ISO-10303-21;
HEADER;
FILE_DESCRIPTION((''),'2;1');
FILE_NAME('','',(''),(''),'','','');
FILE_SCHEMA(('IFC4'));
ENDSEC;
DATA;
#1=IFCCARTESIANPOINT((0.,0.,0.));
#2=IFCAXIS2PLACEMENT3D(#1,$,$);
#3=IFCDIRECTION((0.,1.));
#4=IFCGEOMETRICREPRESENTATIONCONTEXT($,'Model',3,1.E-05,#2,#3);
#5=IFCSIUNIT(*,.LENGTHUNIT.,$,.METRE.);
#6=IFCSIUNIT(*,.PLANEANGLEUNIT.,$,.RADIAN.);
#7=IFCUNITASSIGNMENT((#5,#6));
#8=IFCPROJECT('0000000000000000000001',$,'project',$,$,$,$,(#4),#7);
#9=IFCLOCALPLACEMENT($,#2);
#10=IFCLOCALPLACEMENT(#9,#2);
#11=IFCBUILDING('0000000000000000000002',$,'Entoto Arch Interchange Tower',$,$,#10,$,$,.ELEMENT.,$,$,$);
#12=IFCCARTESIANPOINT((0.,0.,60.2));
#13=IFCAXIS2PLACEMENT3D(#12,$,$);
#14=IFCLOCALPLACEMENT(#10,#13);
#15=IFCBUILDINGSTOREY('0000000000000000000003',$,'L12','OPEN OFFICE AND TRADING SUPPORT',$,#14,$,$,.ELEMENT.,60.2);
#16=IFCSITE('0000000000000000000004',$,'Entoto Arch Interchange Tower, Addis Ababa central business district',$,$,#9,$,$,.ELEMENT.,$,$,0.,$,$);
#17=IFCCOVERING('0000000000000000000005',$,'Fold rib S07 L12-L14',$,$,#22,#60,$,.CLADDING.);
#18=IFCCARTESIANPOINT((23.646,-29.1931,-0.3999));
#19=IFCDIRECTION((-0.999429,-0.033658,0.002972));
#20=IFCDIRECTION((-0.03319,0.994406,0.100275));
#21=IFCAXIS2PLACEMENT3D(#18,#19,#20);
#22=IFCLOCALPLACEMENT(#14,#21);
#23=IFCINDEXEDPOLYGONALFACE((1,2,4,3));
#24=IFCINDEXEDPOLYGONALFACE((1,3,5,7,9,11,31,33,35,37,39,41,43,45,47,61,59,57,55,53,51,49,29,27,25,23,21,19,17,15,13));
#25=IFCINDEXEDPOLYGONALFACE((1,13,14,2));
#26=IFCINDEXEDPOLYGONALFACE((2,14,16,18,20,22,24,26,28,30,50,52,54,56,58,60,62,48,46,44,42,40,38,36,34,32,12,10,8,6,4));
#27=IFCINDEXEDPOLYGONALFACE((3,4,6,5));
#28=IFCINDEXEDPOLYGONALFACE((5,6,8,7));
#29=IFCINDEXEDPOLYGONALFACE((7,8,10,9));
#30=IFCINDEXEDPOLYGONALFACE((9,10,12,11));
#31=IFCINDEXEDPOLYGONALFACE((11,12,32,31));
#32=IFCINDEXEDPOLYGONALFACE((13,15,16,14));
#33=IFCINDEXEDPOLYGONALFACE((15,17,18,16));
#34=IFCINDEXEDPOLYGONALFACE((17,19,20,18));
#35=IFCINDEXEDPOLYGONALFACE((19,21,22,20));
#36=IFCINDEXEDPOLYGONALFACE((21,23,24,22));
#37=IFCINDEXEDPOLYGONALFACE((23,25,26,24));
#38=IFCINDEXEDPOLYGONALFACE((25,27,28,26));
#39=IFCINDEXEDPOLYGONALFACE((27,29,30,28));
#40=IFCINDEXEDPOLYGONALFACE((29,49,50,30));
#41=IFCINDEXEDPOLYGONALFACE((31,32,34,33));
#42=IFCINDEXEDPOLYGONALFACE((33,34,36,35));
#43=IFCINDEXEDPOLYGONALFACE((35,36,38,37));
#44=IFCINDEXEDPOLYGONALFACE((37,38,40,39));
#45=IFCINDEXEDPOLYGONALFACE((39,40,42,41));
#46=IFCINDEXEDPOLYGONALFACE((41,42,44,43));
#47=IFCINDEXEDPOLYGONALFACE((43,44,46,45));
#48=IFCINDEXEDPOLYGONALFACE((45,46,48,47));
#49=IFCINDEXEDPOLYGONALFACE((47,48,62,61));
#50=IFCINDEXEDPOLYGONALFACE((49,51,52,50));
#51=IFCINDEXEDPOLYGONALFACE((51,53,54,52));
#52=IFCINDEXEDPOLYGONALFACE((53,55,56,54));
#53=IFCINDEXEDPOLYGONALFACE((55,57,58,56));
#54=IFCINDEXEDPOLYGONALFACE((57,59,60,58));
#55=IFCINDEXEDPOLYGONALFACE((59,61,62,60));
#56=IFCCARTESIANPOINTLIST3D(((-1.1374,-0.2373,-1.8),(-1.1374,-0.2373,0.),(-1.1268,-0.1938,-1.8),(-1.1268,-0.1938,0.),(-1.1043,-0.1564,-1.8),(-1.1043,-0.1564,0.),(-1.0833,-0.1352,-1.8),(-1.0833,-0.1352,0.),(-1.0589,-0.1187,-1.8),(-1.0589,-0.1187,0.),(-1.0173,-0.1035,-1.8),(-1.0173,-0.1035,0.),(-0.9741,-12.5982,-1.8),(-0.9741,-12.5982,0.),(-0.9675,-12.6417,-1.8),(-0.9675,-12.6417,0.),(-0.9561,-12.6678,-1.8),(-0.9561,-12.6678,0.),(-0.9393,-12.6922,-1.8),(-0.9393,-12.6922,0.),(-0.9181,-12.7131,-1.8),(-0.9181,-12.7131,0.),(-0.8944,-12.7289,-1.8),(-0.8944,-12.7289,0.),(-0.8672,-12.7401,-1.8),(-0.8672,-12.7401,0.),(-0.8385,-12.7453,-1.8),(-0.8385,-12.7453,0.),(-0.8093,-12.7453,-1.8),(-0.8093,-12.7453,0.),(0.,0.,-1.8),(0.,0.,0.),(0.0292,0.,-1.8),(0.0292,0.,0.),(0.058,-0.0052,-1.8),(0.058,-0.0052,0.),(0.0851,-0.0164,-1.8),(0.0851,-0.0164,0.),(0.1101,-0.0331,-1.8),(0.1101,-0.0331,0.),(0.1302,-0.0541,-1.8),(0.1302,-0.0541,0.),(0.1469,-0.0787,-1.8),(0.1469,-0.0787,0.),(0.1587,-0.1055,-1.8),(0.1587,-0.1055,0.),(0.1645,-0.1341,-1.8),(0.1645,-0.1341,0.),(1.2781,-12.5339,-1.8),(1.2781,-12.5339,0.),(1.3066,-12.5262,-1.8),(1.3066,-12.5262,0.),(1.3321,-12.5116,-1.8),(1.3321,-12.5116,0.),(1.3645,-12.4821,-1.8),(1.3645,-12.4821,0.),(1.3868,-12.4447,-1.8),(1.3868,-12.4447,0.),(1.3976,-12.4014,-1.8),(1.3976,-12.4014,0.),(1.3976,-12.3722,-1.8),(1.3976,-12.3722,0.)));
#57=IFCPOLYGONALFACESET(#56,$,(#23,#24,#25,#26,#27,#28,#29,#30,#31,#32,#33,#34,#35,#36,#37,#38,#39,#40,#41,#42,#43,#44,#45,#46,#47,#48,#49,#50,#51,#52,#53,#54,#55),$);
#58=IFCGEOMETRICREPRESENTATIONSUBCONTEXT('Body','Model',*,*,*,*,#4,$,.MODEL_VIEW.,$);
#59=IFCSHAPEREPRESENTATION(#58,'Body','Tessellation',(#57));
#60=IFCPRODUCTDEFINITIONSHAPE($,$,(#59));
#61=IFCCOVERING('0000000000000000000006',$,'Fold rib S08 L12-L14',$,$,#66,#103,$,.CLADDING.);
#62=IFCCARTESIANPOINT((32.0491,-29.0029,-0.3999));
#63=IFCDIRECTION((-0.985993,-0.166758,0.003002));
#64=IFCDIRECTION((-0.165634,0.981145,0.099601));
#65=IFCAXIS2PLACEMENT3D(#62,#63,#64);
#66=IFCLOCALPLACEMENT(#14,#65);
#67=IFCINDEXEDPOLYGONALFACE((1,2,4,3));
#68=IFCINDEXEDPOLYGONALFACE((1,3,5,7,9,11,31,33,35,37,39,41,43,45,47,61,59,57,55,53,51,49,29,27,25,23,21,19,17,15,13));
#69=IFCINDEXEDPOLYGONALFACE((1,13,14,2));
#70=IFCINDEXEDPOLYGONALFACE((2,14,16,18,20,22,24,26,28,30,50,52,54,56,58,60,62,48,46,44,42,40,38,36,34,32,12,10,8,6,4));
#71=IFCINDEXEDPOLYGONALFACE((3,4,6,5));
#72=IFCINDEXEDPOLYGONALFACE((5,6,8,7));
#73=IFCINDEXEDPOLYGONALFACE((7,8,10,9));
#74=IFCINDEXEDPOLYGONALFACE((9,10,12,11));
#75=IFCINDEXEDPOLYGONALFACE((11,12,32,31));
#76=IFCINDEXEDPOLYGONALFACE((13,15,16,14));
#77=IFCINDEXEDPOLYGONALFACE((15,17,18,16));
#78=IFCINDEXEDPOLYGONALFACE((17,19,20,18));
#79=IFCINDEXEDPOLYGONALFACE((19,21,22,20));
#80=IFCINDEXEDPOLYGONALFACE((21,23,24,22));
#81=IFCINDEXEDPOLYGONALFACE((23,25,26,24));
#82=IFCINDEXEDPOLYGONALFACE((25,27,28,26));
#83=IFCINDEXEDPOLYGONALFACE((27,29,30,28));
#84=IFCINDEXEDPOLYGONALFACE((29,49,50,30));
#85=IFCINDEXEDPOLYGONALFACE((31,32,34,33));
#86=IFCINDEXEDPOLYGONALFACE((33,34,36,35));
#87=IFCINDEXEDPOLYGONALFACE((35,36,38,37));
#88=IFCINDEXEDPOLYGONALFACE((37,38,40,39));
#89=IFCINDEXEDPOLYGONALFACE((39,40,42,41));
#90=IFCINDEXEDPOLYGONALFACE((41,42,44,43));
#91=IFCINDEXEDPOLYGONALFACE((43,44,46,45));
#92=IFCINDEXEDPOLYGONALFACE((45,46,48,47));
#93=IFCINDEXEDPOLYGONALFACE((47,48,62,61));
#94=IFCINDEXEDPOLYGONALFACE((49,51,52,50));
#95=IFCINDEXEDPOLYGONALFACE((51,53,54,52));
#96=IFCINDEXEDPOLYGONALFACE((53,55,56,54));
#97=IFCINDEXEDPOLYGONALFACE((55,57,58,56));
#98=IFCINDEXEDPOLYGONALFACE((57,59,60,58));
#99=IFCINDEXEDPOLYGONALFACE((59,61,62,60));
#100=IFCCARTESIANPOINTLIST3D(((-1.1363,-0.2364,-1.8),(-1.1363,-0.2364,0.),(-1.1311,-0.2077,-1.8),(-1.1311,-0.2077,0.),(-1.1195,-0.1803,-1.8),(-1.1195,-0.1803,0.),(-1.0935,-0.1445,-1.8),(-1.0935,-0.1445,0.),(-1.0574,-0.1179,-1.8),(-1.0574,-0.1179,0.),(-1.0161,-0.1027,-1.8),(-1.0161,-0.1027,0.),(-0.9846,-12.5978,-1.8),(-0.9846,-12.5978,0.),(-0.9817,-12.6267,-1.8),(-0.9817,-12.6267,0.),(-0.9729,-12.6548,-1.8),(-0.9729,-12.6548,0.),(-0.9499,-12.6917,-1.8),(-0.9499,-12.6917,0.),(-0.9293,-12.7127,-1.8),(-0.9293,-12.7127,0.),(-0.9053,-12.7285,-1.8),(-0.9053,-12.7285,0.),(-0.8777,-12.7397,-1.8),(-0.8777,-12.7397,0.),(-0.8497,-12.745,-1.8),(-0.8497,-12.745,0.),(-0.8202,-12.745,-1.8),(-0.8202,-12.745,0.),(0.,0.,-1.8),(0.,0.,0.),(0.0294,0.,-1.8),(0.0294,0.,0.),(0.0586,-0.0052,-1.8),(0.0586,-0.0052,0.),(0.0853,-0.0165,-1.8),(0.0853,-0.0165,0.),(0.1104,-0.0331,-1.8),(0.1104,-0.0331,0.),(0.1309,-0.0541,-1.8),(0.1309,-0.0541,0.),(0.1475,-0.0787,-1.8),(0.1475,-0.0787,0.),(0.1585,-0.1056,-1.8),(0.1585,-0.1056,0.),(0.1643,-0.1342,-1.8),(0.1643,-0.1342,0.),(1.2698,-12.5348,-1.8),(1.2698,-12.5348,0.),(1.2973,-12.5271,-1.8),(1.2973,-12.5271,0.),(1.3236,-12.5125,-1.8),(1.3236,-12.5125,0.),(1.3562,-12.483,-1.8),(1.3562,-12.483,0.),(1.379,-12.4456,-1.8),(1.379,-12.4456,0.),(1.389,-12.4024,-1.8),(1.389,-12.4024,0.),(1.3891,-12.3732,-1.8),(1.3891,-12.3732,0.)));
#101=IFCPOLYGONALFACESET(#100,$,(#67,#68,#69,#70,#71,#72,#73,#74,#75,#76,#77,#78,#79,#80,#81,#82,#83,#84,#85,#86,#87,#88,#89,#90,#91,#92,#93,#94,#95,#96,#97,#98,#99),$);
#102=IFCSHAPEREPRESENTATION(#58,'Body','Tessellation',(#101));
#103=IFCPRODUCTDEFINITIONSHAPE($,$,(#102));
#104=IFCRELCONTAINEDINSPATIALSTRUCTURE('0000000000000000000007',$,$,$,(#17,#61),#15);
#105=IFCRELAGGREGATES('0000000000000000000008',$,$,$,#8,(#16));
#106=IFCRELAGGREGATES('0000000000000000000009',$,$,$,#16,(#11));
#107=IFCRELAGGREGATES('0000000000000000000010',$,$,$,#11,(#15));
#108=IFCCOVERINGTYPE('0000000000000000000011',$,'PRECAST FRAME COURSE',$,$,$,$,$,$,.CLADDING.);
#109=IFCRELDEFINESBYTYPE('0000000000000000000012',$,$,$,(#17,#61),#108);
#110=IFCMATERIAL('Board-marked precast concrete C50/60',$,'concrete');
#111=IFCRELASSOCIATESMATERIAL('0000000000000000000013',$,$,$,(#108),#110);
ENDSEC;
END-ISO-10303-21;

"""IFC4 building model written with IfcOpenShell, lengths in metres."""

from ifc_helpers import new_model, si_unit, direction, frame, origin, place, context, subcontext, project, spatial, polyline, outline, extrude, material, type_object, element, save


model = new_model("IFC4")

# Units and contexts
model_context = context("Model", 3, precision=1e-05, world=origin(), true_north=direction((0.0, 1.0)))
body_context = subcontext(model_context, "Body", "Model", "MODEL_VIEW")
ifc_project = project(units=[si_unit("LENGTHUNIT", "METRE"), si_unit("PLANEANGLEUNIT", "RADIAN")], contexts=[model_context])

# Site, building, storey
site_placement = place(None, origin())
site = spatial("IfcSite", under=ifc_project, at=site_placement, Name="Entoto Arch Interchange Tower, Addis Ababa central business district", CompositionType="ELEMENT", RefElevation=0.0)
building_placement = place(site_placement, origin())
building = spatial("IfcBuilding", under=site, at=building_placement, Name="Entoto Arch Interchange Tower", CompositionType="ELEMENT")
storey_placement = place(building_placement, frame((0.0, 0.0, 60.2)))
storey = spatial("IfcBuildingStorey", under=building, at=storey_placement, Name="L12", Description="OPEN OFFICE AND TRADING SUPPORT", CompositionType="ELEMENT", Elevation=60.2)

# Coverings
ifc_material_1 = material(Name="Board-marked precast concrete C50/60", Category="concrete")
covering_type = type_object("IfcCoveringType", Name="PRECAST FRAME COURSE", PredefinedType="CLADDING", material=ifc_material_1)
covering_1_placement = place(storey_placement, frame((23.646, -29.1931, -0.3999), z_axis=(-0.999429, -0.033658, 0.002972), x_axis=(-0.03319, 0.994406, 0.100275)))
element("IfcCovering", 1, at=covering_1_placement, inside=storey, type_object=covering_type, Name="Fold rib S07 L12-L14", PredefinedType="CLADDING", context=body_context, shape_type="SweptSolid", body=[
    extrude(outline(polyline([(0.0, 0.0), (0.0292, 0.0), (0.058, -0.0052), (0.0851, -0.0164), (0.1101, -0.0331), (0.1302, -0.0541), (0.1469, -0.0787), (0.1587, -0.1055), (0.1645, -0.1341), (1.3976, -12.3722), (1.3976, -12.4014), (1.3868, -12.4447), (1.3645, -12.4821), (1.3321, -12.5116), (1.3066, -12.5262), (1.2781, -12.5339), (-0.8093, -12.7453), (-0.8385, -12.7453), (-0.8672, -12.7401), (-0.8944, -12.7289), (-0.9181, -12.7131), (-0.9393, -12.6922), (-0.9561, -12.6678), (-0.9675, -12.6417), (-0.9741, -12.5982), (-1.1374, -0.2373), (-1.1268, -0.1938), (-1.1043, -0.1564), (-1.0833, -0.1352), (-1.0589, -0.1187), (-1.0173, -0.1035), (0.0, 0.0)])), origin(), (0.0, 0.0, -1.0), 1.8),
])
covering_2_placement = place(storey_placement, frame((32.0491, -29.0029, -0.3999), z_axis=(-0.985993, -0.166758, 0.003002), x_axis=(-0.165634, 0.981145, 0.099601)))
element("IfcCovering", 2, at=covering_2_placement, inside=storey, type_object=covering_type, Name="Fold rib S08 L12-L14", PredefinedType="CLADDING", context=body_context, shape_type="SweptSolid", body=[
    extrude(outline(polyline([(0.0, 0.0), (0.0294, 0.0), (0.0586, -0.0052), (0.0853, -0.0165), (0.1104, -0.0331), (0.1309, -0.0541), (0.1475, -0.0787), (0.1585, -0.1056), (0.1643, -0.1342), (1.3891, -12.3732), (1.389, -12.4024), (1.379, -12.4456), (1.3562, -12.483), (1.3236, -12.5125), (1.2973, -12.5271), (1.2698, -12.5348), (-0.8202, -12.745), (-0.8497, -12.745), (-0.8777, -12.7397), (-0.9053, -12.7285), (-0.9293, -12.7127), (-0.9499, -12.6917), (-0.9729, -12.6548), (-0.9817, -12.6267), (-0.9846, -12.5978), (-1.1363, -0.2364), (-1.1311, -0.2077), (-1.1195, -0.1803), (-1.0935, -0.1445), (-1.0574, -0.1179), (-1.0161, -0.1027), (0.0, 0.0)])), origin(), (0.0, 0.0, -1.0), 1.8),
])

save(model, "model.ifc")
